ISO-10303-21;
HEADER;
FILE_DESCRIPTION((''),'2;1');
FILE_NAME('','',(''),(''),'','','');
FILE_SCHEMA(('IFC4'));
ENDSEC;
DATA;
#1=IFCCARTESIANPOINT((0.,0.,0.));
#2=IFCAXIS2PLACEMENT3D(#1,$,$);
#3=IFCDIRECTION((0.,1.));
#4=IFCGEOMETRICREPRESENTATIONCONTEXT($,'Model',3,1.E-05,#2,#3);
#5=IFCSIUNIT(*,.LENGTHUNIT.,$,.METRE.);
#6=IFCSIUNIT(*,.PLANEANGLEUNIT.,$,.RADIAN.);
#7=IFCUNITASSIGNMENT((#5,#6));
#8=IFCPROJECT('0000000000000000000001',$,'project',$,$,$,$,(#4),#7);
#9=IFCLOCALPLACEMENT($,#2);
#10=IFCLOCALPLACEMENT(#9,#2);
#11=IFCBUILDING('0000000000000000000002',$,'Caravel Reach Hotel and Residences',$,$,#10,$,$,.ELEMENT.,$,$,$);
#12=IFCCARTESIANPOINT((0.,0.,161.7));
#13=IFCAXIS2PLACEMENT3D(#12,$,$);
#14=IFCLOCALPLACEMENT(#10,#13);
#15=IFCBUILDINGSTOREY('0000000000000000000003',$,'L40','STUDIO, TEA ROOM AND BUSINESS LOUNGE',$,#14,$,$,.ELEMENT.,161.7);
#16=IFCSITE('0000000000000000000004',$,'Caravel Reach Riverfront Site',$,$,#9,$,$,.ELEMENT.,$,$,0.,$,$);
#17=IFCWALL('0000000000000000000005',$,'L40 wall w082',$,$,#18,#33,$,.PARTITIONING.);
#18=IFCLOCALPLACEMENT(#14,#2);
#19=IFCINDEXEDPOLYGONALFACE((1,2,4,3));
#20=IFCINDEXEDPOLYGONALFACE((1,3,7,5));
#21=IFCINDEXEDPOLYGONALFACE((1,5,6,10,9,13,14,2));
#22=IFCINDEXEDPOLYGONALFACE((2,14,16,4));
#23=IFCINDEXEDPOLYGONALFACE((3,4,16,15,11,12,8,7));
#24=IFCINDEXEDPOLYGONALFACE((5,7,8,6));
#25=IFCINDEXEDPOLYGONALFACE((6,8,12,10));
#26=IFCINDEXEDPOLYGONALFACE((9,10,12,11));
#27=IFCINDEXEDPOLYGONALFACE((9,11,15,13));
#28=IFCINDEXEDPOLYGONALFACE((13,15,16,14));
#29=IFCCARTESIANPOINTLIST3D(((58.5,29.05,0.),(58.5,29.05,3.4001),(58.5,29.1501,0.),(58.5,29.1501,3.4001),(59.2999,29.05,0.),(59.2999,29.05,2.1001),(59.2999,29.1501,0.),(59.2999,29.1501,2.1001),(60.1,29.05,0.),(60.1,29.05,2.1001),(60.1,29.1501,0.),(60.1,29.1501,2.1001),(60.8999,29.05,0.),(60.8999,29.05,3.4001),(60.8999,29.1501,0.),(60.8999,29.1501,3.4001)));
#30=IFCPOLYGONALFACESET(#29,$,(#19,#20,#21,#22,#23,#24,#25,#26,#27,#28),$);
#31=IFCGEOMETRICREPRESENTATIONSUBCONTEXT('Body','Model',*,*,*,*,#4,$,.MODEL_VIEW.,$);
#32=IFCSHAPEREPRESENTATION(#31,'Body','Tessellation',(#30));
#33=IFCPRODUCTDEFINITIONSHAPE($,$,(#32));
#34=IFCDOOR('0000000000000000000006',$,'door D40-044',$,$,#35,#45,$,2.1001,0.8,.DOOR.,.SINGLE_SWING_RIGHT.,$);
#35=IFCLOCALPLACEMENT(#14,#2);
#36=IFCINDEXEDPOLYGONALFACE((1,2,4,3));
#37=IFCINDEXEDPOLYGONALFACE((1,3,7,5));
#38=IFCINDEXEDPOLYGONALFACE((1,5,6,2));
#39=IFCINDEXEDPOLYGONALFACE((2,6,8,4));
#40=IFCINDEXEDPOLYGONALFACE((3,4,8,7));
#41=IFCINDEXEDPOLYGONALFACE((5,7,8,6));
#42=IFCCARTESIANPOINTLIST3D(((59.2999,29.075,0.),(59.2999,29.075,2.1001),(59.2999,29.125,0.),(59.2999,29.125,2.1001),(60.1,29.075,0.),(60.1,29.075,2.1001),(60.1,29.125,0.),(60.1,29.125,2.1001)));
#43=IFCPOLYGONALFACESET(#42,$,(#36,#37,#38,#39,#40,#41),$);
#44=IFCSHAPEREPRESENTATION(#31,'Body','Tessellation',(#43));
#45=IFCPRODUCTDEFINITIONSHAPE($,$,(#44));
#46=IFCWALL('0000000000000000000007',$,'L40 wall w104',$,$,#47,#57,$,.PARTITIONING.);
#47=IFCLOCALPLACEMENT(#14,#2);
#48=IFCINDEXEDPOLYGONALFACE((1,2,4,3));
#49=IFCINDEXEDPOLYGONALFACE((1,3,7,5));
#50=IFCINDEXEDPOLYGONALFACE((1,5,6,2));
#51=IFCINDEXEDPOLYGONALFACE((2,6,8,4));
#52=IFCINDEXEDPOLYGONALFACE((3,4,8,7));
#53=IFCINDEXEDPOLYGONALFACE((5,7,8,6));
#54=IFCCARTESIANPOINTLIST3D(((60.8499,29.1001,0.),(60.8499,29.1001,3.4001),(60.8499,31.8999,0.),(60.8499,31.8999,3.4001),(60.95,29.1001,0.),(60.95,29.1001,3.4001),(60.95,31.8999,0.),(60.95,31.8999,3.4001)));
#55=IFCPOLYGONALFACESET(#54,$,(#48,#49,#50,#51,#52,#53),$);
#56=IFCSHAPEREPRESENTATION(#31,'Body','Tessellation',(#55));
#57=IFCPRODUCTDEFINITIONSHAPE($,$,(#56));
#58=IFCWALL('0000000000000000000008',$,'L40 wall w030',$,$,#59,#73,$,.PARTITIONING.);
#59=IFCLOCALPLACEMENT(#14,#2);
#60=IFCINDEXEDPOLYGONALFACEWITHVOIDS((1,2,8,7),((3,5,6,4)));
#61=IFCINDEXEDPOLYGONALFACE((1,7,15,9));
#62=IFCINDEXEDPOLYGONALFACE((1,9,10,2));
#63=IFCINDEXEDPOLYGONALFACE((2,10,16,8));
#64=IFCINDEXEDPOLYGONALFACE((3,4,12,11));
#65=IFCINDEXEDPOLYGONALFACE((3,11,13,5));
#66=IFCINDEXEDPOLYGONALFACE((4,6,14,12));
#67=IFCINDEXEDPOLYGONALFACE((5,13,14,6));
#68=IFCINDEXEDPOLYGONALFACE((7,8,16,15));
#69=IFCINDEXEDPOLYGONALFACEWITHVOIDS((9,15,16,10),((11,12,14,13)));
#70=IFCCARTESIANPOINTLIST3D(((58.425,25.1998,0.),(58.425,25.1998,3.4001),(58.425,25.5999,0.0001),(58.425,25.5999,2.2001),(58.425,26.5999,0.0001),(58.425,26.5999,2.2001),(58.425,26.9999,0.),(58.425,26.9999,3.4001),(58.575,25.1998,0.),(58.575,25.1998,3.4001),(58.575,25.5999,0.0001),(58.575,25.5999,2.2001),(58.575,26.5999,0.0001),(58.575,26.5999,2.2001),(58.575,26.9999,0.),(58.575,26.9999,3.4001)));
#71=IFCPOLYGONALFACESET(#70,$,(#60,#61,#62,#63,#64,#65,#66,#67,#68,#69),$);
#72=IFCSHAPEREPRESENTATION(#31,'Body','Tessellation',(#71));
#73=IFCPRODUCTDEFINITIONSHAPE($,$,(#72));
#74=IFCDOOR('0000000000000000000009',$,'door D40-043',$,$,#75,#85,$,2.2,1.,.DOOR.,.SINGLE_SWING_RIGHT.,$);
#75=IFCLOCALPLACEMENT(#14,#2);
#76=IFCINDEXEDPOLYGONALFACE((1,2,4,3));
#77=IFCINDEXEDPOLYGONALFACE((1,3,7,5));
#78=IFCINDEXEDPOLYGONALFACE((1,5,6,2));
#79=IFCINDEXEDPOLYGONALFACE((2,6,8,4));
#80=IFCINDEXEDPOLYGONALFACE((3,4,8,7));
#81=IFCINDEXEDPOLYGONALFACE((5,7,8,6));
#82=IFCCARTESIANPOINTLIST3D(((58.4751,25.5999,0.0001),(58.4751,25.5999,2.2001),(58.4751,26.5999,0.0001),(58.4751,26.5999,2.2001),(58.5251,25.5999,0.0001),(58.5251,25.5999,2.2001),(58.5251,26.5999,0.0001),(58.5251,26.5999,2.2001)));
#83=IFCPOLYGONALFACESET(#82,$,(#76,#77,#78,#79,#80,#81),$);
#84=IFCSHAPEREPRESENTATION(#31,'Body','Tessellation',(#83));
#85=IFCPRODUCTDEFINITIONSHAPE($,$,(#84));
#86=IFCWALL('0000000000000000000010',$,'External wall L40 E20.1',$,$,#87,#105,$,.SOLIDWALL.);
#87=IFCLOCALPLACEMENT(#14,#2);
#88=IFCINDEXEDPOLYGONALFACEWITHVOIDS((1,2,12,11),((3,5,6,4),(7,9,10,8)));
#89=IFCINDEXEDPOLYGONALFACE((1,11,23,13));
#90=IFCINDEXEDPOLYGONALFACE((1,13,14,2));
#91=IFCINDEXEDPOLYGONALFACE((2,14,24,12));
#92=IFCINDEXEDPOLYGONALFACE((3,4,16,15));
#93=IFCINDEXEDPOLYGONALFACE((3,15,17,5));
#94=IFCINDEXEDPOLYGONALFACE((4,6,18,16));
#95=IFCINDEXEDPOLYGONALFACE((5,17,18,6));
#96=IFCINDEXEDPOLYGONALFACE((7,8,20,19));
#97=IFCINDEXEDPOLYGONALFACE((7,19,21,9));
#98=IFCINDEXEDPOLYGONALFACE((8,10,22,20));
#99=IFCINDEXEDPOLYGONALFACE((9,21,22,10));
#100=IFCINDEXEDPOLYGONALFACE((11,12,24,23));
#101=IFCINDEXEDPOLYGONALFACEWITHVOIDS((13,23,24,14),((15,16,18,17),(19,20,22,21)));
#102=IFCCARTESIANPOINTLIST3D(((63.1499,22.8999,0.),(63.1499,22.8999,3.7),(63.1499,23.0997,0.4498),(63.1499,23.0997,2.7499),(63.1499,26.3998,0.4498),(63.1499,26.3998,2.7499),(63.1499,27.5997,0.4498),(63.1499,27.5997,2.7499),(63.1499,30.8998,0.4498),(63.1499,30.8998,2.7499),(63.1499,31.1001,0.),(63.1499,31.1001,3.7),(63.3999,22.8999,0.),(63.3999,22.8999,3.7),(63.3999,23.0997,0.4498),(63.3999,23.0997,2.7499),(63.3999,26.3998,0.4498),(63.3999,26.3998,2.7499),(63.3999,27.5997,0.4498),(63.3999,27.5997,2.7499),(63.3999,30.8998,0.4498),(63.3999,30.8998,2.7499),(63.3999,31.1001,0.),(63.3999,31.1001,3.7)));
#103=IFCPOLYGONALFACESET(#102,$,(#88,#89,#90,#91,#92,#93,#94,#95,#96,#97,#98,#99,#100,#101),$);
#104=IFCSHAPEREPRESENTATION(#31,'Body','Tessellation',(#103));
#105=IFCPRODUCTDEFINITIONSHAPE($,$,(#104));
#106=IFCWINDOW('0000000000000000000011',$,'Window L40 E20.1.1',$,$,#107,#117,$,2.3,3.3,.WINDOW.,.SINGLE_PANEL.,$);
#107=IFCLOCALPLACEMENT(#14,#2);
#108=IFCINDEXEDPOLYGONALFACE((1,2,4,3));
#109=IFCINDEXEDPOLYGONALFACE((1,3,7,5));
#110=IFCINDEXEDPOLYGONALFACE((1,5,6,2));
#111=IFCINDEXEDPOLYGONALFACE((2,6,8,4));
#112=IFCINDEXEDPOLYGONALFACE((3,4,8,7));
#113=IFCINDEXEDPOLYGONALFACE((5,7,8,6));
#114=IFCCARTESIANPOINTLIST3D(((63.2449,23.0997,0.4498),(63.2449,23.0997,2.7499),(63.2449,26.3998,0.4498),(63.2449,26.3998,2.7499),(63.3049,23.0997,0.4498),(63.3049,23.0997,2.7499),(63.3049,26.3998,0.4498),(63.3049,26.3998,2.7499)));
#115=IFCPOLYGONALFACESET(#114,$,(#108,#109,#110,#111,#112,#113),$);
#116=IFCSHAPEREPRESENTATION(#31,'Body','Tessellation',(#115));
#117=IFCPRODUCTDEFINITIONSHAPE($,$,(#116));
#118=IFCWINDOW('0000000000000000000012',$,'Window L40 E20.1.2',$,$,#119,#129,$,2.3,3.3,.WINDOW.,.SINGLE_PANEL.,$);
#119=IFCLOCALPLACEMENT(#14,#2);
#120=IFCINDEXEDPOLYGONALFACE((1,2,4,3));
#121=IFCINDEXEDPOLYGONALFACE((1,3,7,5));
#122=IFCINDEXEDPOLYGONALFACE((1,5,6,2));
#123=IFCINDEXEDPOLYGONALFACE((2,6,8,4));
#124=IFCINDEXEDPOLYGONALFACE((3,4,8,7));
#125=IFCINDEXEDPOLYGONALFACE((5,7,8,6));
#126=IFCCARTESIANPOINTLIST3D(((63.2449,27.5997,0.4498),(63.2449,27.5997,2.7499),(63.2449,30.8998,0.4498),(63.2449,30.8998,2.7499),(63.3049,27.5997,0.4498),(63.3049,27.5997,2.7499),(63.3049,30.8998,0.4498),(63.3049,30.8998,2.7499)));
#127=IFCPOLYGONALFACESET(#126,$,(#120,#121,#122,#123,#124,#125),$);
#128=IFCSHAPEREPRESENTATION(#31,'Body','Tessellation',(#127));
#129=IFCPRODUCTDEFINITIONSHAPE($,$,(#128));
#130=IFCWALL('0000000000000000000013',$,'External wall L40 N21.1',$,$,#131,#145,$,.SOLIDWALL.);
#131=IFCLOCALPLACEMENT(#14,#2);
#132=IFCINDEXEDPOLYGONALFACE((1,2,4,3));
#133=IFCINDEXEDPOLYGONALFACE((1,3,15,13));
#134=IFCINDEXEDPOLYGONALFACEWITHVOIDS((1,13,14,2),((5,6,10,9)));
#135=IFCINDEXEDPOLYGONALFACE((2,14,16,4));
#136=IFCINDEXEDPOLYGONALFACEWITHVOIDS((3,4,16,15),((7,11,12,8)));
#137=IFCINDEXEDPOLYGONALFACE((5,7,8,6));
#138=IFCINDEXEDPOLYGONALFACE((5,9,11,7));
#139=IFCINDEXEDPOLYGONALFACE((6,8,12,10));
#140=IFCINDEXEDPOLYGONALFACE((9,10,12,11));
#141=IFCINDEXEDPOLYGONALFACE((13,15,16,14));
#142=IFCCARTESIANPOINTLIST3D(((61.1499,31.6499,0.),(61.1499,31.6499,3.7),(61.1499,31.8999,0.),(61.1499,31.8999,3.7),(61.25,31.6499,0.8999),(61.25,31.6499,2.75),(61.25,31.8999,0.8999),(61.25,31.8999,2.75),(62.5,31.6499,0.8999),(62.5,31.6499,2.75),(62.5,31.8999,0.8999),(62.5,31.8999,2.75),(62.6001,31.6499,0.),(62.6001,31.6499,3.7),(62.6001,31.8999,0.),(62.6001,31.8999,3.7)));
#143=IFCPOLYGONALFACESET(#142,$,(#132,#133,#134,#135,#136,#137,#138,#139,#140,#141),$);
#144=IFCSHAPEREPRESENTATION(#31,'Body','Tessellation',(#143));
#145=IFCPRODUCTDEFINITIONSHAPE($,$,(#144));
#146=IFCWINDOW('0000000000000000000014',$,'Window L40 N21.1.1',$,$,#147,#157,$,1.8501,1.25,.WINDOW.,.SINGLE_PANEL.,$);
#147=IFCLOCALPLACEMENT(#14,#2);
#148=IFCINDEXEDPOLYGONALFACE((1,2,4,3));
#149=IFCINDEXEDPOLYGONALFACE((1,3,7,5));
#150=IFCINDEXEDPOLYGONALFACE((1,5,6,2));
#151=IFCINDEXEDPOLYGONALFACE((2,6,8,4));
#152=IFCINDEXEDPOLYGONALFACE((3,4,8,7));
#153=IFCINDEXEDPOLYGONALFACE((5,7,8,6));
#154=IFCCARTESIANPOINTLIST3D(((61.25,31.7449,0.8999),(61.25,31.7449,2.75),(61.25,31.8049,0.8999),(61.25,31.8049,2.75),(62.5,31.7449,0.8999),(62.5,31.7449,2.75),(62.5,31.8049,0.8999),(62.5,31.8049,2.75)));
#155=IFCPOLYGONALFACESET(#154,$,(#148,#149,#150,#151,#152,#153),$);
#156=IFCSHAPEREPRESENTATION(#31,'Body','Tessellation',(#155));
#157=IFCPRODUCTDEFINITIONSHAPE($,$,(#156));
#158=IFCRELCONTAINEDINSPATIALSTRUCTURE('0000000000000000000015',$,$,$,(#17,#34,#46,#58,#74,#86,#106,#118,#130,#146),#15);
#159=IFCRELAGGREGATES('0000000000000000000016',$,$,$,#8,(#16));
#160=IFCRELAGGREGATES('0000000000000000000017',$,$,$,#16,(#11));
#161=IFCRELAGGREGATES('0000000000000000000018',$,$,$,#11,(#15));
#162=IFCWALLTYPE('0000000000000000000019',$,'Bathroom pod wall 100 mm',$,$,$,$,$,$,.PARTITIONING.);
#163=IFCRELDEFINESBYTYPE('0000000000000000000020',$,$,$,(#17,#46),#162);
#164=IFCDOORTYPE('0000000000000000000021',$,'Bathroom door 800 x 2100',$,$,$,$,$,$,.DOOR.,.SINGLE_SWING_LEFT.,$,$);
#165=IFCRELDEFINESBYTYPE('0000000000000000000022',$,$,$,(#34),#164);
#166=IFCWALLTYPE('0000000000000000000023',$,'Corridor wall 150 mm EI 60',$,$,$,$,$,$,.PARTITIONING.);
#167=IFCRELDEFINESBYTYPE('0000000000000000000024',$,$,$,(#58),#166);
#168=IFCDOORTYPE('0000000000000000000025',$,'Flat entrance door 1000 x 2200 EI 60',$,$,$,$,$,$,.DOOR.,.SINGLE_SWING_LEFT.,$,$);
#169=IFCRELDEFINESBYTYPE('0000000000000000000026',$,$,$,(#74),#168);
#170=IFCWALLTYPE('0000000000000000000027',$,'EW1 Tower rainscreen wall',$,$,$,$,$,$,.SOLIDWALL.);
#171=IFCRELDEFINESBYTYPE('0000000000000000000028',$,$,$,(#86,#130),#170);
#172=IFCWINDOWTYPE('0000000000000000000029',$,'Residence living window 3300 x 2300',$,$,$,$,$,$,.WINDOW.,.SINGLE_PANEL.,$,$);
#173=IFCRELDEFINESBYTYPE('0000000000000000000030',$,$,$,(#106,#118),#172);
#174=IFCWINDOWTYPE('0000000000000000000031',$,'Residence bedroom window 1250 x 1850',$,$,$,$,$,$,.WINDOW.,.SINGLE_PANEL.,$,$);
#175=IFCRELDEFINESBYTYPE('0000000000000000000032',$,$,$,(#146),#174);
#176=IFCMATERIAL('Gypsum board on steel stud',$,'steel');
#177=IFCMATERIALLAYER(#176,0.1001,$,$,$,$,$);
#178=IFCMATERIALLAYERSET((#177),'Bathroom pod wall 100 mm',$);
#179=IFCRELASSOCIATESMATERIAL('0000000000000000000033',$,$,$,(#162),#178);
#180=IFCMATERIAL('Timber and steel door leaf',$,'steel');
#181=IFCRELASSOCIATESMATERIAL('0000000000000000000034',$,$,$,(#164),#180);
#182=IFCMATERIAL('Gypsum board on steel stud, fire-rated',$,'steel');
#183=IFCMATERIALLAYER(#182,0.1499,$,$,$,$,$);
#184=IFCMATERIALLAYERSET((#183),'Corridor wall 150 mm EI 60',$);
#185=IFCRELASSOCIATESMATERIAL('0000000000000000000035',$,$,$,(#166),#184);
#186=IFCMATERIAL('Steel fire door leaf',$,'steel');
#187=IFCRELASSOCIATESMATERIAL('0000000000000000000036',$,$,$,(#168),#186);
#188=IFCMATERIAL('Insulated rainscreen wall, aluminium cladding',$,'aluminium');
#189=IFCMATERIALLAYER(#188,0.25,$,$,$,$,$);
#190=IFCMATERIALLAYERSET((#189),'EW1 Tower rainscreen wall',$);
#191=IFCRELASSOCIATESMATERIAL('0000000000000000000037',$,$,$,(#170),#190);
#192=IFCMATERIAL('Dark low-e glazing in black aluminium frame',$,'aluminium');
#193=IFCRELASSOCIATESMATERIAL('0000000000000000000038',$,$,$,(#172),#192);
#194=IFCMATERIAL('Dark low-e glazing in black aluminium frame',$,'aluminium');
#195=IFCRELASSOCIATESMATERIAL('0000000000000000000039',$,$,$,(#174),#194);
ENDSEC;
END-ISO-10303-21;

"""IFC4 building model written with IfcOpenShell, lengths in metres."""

from ifc_helpers import new_model, si_unit, direction, frame, frame_2d, origin, place, context, subcontext, project, spatial, rectangle, extrude, material, layer, layer_set, type_object, element, fill, save


model = new_model("IFC4")

# Units and contexts
model_context = context("Model", 3, precision=1e-05, world=origin(), true_north=direction((0.0, 1.0)))
body_context = subcontext(model_context, "Body", "Model", "MODEL_VIEW")
ifc_project = project(units=[si_unit("LENGTHUNIT", "METRE"), si_unit("PLANEANGLEUNIT", "RADIAN")], contexts=[model_context])

# Site, building, storey
site_placement = place(None, origin())
site = spatial("IfcSite", under=ifc_project, at=site_placement, Name="Caravel Reach Riverfront Site", CompositionType="ELEMENT", RefElevation=0.0)
building_placement = place(site_placement, origin())
building = spatial("IfcBuilding", under=site, at=building_placement, Name="Caravel Reach Hotel and Residences", CompositionType="ELEMENT")
storey_placement = place(building_placement, frame((0.0, 0.0, 161.7)))
storey = spatial("IfcBuildingStorey", under=building, at=storey_placement, Name="L40", Description="STUDIO, TEA ROOM AND BUSINESS LOUNGE", CompositionType="ELEMENT", Elevation=161.7)

# Wall, opening, door
ifc_material_1 = material(Name="Gypsum board on steel stud", Category="steel")
ifc_layer_1 = layer(ifc_material_1, 0.1001)
ifc_layer_set_1 = layer_set([ifc_layer_1], Name="Bathroom pod wall 100 mm")
wall_type_1 = type_object("IfcWallType", Name="Bathroom pod wall 100 mm", PredefinedType="PARTITIONING", material=ifc_layer_set_1)
wall_1_placement = place(storey_placement, frame((58.5, 29.1001, 0.0), z_axis=(0.0, 0.0, 1.0), x_axis=(1.0, 0.0, 0.0)))
wall_1 = element("IfcWall", 1, at=wall_1_placement, inside=storey, type_object=wall_type_1, Name="L40 wall w082", PredefinedType="PARTITIONING", context=body_context, shape_type="SweptSolid", body=[
    extrude(rectangle(XDim=2.3999, YDim=0.1001, at=frame_2d((1.2, 0.0))), origin(), (0.0, 0.0, 1.0), 3.4001),
])
opening_1_placement = place(wall_1_placement, frame((0.8, 0.0, 0.0)))
opening_1 = element("IfcOpeningElement", 2, at=opening_1_placement, cuts=wall_1, PredefinedType="OPENING", context=body_context, shape_type="SweptSolid", body=[
    extrude(rectangle(XDim=0.8, YDim=2.1001, at=frame_2d((0.3999, 1.05))), frame((0.0, 0.0601, 0.0), z_axis=(0.0, -1.0, 0.0), x_axis=(1.0, 0.0, 0.0)), (0.0, 0.0, 1.0), 0.1201),
])
ifc_material_2 = material(Name="Timber and steel door leaf", Category="steel")
door_type_1 = type_object("IfcDoorType", Name="Bathroom door 800 x 2100", OperationType="SINGLE_SWING_LEFT", PredefinedType="DOOR", material=ifc_material_2)
door_1_placement = place(opening_1_placement, origin())
door_1 = element("IfcDoor", 3, at=door_1_placement, inside=storey, type_object=door_type_1, Name="door D40-044", OperationType="SINGLE_SWING_RIGHT", OverallHeight=2.1001, OverallWidth=0.8, PredefinedType="DOOR", context=body_context, shape_type="SweptSolid", body=[
    extrude(rectangle(XDim=0.8, YDim=2.1001, at=frame_2d((0.3999, 1.05))), frame((0.0, 0.0249, 0.0), z_axis=(0.0, -1.0, 0.0), x_axis=(1.0, 0.0, 0.0)), (0.0, 0.0, 1.0), 0.05),
])
fill(opening_1, door_1)

# Wall
wall_2_placement = place(storey_placement, frame((60.8999, 29.1001, 0.0), z_axis=(0.0, 0.0, 1.0), x_axis=(0.0, 1.0, 0.0)))
element("IfcWall", 4, at=wall_2_placement, inside=storey, type_object=wall_type_1, Name="L40 wall w104", PredefinedType="PARTITIONING", context=body_context, shape_type="SweptSolid", body=[
    extrude(rectangle(XDim=2.7998, YDim=0.1001, at=frame_2d((1.3999, 0.0))), origin(), (0.0, 0.0, 1.0), 3.4001),
])

# Wall, opening, door
ifc_material_3 = material(Name="Gypsum board on steel stud, fire-rated", Category="steel")
ifc_layer_2 = layer(ifc_material_3, 0.1499)
ifc_layer_set_2 = layer_set([ifc_layer_2], Name="Corridor wall 150 mm EI 60")
wall_type_2 = type_object("IfcWallType", Name="Corridor wall 150 mm EI 60", PredefinedType="PARTITIONING", material=ifc_layer_set_2)
wall_3_placement = place(storey_placement, frame((58.5, 25.2, 0.0), z_axis=(0.0, 0.0, 1.0), x_axis=(0.0, 1.0, 0.0)))
wall_3 = element("IfcWall", 5, at=wall_3_placement, inside=storey, type_object=wall_type_2, Name="L40 wall w030", PredefinedType="PARTITIONING", context=body_context, shape_type="SweptSolid", body=[
    extrude(rectangle(XDim=1.8, YDim=0.1499, at=frame_2d((0.8999, 0.0))), origin(), (0.0, 0.0, 1.0), 3.4001),
])
opening_2_placement = place(wall_3_placement, frame((0.3999, 0.0, 0.0)))
opening_2 = element("IfcOpeningElement", 6, at=opening_2_placement, cuts=wall_3, PredefinedType="OPENING", context=body_context, shape_type="SweptSolid", body=[
    extrude(rectangle(XDim=1.0, YDim=2.2, at=frame_2d((0.5, 1.1001))), frame((0.0, 0.085, 0.0), z_axis=(0.0, -1.0, 0.0), x_axis=(1.0, 0.0, 0.0)), (0.0, 0.0, 1.0), 0.1699),
])
ifc_material_4 = material(Name="Steel fire door leaf", Category="steel")
door_type_2 = type_object("IfcDoorType", Name="Flat entrance door 1000 x 2200 EI 60", OperationType="SINGLE_SWING_LEFT", PredefinedType="DOOR", material=ifc_material_4)
door_2_placement = place(opening_2_placement, origin())
door_2 = element("IfcDoor", 7, at=door_2_placement, inside=storey, type_object=door_type_2, Name="door D40-043", OperationType="SINGLE_SWING_RIGHT", OverallHeight=2.2, OverallWidth=1.0, PredefinedType="DOOR", context=body_context, shape_type="SweptSolid", body=[
    extrude(rectangle(XDim=1.0, YDim=2.2, at=frame_2d((0.5, 1.1001))), frame((0.0, 0.0249, 0.0), z_axis=(0.0, -1.0, 0.0), x_axis=(1.0, 0.0, 0.0)), (0.0, 0.0, 1.0), 0.05),
])
fill(opening_2, door_2)

# Wall, openings, windows
ifc_material_5 = material(Name="Insulated rainscreen wall, aluminium cladding", Category="aluminium")
ifc_layer_3 = layer(ifc_material_5, 0.25)
ifc_layer_set_3 = layer_set([ifc_layer_3], Name="EW1 Tower rainscreen wall")
wall_type_3 = type_object("IfcWallType", Name="EW1 Tower rainscreen wall", PredefinedType="SOLIDWALL", material=ifc_layer_set_3)
wall_4_placement = place(storey_placement, frame((63.2749, 22.8999, 0.0), z_axis=(0.0, 0.0, 1.0), x_axis=(0.0, 1.0, 0.0)))
wall_4 = element("IfcWall", 8, at=wall_4_placement, inside=storey, type_object=wall_type_3, Name="External wall L40 E20.1", PredefinedType="SOLIDWALL", context=body_context, shape_type="SweptSolid", body=[
    extrude(rectangle(XDim=8.2002, YDim=0.25, at=frame_2d((4.1001, 0.0))), origin(), (0.0, 0.0, 1.0), 3.7),
])
opening_3_placement = place(wall_4_placement, frame((0.2, 0.0, 0.45)))
opening_3 = element("IfcOpeningElement", 9, at=opening_3_placement, cuts=wall_4, PredefinedType="OPENING", context=body_context, shape_type="SweptSolid", body=[
    extrude(rectangle(XDim=3.3, YDim=2.3, at=frame_2d((1.6499, 1.1499))), frame((0.0, 0.135, 0.0), z_axis=(0.0, -1.0, 0.0), x_axis=(1.0, 0.0, 0.0)), (0.0, 0.0, 1.0), 0.27),
])
opening_4_placement = place(wall_4_placement, frame((4.7, 0.0, 0.45)))
opening_4 = element("IfcOpeningElement", 10, at=opening_4_placement, cuts=wall_4, PredefinedType="OPENING", context=body_context, shape_type="SweptSolid", body=[
    extrude(rectangle(XDim=3.3, YDim=2.3, at=frame_2d((1.6499, 1.1499))), frame((0.0, 0.135, 0.0), z_axis=(0.0, -1.0, 0.0), x_axis=(1.0, 0.0, 0.0)), (0.0, 0.0, 1.0), 0.27),
])
ifc_material_6 = material(Name="Dark low-e glazing in black aluminium frame", Category="aluminium")
window_type_1 = type_object("IfcWindowType", Name="Residence living window 3300 x 2300", PartitioningType="SINGLE_PANEL", PredefinedType="WINDOW", material=ifc_material_6)
window_1_placement = place(opening_3_placement, origin())
window_1 = element("IfcWindow", 11, at=window_1_placement, inside=storey, type_object=window_type_1, Name="Window L40 E20.1.1", OverallHeight=2.3, OverallWidth=3.3, PartitioningType="SINGLE_PANEL", PredefinedType="WINDOW", context=body_context, shape_type="SweptSolid", body=[
    extrude(rectangle(XDim=3.3, YDim=2.3, at=frame_2d((1.6499, 1.1499))), frame((0.0, 0.03, 0.0), z_axis=(0.0, -1.0, 0.0), x_axis=(1.0, 0.0, 0.0)), (0.0, 0.0, 1.0), 0.0601),
])
fill(opening_3, window_1)
window_2_placement = place(opening_4_placement, origin())
window_2 = element("IfcWindow", 12, at=window_2_placement, inside=storey, type_object=window_type_1, Name="Window L40 E20.1.2", OverallHeight=2.3, OverallWidth=3.3, PartitioningType="SINGLE_PANEL", PredefinedType="WINDOW", context=body_context, shape_type="SweptSolid", body=[
    extrude(rectangle(XDim=3.3, YDim=2.3, at=frame_2d((1.6499, 1.1499))), frame((0.0, 0.03, 0.0), z_axis=(0.0, -1.0, 0.0), x_axis=(1.0, 0.0, 0.0)), (0.0, 0.0, 1.0), 0.0601),
])
fill(opening_4, window_2)

# Wall, opening, window
wall_5_placement = place(storey_placement, frame((62.6001, 31.7749, 0.0), z_axis=(0.0, 0.0, 1.0), x_axis=(-1.0, 0.0, 0.0)))
wall_5 = element("IfcWall", 13, at=wall_5_placement, inside=storey, type_object=wall_type_3, Name="External wall L40 N21.1", PredefinedType="SOLIDWALL", context=body_context, shape_type="SweptSolid", body=[
    extrude(rectangle(XDim=1.4502, YDim=0.25, at=frame_2d((0.7251, 0.0))), origin(), (0.0, 0.0, 1.0), 3.7),
])
opening_5_placement = place(wall_5_placement, frame((0.1001, 0.0, 0.8999)))
opening_5 = element("IfcOpeningElement", 14, at=opening_5_placement, cuts=wall_5, PredefinedType="OPENING", context=body_context, shape_type="SweptSolid", body=[
    extrude(rectangle(XDim=1.25, YDim=1.8501, at=frame_2d((0.625, 0.925))), frame((0.0, 0.135, 0.0), z_axis=(0.0, -1.0, 0.0), x_axis=(1.0, 0.0, 0.0)), (0.0, 0.0, 1.0), 0.27),
])
ifc_material_7 = material(Name="Dark low-e glazing in black aluminium frame", Category="aluminium")
window_type_2 = type_object("IfcWindowType", Name="Residence bedroom window 1250 x 1850", PartitioningType="SINGLE_PANEL", PredefinedType="WINDOW", material=ifc_material_7)
window_3_placement = place(opening_5_placement, origin())
window_3 = element("IfcWindow", 15, at=window_3_placement, inside=storey, type_object=window_type_2, Name="Window L40 N21.1.1", OverallHeight=1.8501, OverallWidth=1.25, PartitioningType="SINGLE_PANEL", PredefinedType="WINDOW", context=body_context, shape_type="SweptSolid", body=[
    extrude(rectangle(XDim=1.25, YDim=1.8501, at=frame_2d((0.625, 0.925))), frame((0.0, 0.03, 0.0), z_axis=(0.0, -1.0, 0.0), x_axis=(1.0, 0.0, 0.0)), (0.0, 0.0, 1.0), 0.0601),
])
fill(opening_5, window_3)

save(model, "model.ifc")
